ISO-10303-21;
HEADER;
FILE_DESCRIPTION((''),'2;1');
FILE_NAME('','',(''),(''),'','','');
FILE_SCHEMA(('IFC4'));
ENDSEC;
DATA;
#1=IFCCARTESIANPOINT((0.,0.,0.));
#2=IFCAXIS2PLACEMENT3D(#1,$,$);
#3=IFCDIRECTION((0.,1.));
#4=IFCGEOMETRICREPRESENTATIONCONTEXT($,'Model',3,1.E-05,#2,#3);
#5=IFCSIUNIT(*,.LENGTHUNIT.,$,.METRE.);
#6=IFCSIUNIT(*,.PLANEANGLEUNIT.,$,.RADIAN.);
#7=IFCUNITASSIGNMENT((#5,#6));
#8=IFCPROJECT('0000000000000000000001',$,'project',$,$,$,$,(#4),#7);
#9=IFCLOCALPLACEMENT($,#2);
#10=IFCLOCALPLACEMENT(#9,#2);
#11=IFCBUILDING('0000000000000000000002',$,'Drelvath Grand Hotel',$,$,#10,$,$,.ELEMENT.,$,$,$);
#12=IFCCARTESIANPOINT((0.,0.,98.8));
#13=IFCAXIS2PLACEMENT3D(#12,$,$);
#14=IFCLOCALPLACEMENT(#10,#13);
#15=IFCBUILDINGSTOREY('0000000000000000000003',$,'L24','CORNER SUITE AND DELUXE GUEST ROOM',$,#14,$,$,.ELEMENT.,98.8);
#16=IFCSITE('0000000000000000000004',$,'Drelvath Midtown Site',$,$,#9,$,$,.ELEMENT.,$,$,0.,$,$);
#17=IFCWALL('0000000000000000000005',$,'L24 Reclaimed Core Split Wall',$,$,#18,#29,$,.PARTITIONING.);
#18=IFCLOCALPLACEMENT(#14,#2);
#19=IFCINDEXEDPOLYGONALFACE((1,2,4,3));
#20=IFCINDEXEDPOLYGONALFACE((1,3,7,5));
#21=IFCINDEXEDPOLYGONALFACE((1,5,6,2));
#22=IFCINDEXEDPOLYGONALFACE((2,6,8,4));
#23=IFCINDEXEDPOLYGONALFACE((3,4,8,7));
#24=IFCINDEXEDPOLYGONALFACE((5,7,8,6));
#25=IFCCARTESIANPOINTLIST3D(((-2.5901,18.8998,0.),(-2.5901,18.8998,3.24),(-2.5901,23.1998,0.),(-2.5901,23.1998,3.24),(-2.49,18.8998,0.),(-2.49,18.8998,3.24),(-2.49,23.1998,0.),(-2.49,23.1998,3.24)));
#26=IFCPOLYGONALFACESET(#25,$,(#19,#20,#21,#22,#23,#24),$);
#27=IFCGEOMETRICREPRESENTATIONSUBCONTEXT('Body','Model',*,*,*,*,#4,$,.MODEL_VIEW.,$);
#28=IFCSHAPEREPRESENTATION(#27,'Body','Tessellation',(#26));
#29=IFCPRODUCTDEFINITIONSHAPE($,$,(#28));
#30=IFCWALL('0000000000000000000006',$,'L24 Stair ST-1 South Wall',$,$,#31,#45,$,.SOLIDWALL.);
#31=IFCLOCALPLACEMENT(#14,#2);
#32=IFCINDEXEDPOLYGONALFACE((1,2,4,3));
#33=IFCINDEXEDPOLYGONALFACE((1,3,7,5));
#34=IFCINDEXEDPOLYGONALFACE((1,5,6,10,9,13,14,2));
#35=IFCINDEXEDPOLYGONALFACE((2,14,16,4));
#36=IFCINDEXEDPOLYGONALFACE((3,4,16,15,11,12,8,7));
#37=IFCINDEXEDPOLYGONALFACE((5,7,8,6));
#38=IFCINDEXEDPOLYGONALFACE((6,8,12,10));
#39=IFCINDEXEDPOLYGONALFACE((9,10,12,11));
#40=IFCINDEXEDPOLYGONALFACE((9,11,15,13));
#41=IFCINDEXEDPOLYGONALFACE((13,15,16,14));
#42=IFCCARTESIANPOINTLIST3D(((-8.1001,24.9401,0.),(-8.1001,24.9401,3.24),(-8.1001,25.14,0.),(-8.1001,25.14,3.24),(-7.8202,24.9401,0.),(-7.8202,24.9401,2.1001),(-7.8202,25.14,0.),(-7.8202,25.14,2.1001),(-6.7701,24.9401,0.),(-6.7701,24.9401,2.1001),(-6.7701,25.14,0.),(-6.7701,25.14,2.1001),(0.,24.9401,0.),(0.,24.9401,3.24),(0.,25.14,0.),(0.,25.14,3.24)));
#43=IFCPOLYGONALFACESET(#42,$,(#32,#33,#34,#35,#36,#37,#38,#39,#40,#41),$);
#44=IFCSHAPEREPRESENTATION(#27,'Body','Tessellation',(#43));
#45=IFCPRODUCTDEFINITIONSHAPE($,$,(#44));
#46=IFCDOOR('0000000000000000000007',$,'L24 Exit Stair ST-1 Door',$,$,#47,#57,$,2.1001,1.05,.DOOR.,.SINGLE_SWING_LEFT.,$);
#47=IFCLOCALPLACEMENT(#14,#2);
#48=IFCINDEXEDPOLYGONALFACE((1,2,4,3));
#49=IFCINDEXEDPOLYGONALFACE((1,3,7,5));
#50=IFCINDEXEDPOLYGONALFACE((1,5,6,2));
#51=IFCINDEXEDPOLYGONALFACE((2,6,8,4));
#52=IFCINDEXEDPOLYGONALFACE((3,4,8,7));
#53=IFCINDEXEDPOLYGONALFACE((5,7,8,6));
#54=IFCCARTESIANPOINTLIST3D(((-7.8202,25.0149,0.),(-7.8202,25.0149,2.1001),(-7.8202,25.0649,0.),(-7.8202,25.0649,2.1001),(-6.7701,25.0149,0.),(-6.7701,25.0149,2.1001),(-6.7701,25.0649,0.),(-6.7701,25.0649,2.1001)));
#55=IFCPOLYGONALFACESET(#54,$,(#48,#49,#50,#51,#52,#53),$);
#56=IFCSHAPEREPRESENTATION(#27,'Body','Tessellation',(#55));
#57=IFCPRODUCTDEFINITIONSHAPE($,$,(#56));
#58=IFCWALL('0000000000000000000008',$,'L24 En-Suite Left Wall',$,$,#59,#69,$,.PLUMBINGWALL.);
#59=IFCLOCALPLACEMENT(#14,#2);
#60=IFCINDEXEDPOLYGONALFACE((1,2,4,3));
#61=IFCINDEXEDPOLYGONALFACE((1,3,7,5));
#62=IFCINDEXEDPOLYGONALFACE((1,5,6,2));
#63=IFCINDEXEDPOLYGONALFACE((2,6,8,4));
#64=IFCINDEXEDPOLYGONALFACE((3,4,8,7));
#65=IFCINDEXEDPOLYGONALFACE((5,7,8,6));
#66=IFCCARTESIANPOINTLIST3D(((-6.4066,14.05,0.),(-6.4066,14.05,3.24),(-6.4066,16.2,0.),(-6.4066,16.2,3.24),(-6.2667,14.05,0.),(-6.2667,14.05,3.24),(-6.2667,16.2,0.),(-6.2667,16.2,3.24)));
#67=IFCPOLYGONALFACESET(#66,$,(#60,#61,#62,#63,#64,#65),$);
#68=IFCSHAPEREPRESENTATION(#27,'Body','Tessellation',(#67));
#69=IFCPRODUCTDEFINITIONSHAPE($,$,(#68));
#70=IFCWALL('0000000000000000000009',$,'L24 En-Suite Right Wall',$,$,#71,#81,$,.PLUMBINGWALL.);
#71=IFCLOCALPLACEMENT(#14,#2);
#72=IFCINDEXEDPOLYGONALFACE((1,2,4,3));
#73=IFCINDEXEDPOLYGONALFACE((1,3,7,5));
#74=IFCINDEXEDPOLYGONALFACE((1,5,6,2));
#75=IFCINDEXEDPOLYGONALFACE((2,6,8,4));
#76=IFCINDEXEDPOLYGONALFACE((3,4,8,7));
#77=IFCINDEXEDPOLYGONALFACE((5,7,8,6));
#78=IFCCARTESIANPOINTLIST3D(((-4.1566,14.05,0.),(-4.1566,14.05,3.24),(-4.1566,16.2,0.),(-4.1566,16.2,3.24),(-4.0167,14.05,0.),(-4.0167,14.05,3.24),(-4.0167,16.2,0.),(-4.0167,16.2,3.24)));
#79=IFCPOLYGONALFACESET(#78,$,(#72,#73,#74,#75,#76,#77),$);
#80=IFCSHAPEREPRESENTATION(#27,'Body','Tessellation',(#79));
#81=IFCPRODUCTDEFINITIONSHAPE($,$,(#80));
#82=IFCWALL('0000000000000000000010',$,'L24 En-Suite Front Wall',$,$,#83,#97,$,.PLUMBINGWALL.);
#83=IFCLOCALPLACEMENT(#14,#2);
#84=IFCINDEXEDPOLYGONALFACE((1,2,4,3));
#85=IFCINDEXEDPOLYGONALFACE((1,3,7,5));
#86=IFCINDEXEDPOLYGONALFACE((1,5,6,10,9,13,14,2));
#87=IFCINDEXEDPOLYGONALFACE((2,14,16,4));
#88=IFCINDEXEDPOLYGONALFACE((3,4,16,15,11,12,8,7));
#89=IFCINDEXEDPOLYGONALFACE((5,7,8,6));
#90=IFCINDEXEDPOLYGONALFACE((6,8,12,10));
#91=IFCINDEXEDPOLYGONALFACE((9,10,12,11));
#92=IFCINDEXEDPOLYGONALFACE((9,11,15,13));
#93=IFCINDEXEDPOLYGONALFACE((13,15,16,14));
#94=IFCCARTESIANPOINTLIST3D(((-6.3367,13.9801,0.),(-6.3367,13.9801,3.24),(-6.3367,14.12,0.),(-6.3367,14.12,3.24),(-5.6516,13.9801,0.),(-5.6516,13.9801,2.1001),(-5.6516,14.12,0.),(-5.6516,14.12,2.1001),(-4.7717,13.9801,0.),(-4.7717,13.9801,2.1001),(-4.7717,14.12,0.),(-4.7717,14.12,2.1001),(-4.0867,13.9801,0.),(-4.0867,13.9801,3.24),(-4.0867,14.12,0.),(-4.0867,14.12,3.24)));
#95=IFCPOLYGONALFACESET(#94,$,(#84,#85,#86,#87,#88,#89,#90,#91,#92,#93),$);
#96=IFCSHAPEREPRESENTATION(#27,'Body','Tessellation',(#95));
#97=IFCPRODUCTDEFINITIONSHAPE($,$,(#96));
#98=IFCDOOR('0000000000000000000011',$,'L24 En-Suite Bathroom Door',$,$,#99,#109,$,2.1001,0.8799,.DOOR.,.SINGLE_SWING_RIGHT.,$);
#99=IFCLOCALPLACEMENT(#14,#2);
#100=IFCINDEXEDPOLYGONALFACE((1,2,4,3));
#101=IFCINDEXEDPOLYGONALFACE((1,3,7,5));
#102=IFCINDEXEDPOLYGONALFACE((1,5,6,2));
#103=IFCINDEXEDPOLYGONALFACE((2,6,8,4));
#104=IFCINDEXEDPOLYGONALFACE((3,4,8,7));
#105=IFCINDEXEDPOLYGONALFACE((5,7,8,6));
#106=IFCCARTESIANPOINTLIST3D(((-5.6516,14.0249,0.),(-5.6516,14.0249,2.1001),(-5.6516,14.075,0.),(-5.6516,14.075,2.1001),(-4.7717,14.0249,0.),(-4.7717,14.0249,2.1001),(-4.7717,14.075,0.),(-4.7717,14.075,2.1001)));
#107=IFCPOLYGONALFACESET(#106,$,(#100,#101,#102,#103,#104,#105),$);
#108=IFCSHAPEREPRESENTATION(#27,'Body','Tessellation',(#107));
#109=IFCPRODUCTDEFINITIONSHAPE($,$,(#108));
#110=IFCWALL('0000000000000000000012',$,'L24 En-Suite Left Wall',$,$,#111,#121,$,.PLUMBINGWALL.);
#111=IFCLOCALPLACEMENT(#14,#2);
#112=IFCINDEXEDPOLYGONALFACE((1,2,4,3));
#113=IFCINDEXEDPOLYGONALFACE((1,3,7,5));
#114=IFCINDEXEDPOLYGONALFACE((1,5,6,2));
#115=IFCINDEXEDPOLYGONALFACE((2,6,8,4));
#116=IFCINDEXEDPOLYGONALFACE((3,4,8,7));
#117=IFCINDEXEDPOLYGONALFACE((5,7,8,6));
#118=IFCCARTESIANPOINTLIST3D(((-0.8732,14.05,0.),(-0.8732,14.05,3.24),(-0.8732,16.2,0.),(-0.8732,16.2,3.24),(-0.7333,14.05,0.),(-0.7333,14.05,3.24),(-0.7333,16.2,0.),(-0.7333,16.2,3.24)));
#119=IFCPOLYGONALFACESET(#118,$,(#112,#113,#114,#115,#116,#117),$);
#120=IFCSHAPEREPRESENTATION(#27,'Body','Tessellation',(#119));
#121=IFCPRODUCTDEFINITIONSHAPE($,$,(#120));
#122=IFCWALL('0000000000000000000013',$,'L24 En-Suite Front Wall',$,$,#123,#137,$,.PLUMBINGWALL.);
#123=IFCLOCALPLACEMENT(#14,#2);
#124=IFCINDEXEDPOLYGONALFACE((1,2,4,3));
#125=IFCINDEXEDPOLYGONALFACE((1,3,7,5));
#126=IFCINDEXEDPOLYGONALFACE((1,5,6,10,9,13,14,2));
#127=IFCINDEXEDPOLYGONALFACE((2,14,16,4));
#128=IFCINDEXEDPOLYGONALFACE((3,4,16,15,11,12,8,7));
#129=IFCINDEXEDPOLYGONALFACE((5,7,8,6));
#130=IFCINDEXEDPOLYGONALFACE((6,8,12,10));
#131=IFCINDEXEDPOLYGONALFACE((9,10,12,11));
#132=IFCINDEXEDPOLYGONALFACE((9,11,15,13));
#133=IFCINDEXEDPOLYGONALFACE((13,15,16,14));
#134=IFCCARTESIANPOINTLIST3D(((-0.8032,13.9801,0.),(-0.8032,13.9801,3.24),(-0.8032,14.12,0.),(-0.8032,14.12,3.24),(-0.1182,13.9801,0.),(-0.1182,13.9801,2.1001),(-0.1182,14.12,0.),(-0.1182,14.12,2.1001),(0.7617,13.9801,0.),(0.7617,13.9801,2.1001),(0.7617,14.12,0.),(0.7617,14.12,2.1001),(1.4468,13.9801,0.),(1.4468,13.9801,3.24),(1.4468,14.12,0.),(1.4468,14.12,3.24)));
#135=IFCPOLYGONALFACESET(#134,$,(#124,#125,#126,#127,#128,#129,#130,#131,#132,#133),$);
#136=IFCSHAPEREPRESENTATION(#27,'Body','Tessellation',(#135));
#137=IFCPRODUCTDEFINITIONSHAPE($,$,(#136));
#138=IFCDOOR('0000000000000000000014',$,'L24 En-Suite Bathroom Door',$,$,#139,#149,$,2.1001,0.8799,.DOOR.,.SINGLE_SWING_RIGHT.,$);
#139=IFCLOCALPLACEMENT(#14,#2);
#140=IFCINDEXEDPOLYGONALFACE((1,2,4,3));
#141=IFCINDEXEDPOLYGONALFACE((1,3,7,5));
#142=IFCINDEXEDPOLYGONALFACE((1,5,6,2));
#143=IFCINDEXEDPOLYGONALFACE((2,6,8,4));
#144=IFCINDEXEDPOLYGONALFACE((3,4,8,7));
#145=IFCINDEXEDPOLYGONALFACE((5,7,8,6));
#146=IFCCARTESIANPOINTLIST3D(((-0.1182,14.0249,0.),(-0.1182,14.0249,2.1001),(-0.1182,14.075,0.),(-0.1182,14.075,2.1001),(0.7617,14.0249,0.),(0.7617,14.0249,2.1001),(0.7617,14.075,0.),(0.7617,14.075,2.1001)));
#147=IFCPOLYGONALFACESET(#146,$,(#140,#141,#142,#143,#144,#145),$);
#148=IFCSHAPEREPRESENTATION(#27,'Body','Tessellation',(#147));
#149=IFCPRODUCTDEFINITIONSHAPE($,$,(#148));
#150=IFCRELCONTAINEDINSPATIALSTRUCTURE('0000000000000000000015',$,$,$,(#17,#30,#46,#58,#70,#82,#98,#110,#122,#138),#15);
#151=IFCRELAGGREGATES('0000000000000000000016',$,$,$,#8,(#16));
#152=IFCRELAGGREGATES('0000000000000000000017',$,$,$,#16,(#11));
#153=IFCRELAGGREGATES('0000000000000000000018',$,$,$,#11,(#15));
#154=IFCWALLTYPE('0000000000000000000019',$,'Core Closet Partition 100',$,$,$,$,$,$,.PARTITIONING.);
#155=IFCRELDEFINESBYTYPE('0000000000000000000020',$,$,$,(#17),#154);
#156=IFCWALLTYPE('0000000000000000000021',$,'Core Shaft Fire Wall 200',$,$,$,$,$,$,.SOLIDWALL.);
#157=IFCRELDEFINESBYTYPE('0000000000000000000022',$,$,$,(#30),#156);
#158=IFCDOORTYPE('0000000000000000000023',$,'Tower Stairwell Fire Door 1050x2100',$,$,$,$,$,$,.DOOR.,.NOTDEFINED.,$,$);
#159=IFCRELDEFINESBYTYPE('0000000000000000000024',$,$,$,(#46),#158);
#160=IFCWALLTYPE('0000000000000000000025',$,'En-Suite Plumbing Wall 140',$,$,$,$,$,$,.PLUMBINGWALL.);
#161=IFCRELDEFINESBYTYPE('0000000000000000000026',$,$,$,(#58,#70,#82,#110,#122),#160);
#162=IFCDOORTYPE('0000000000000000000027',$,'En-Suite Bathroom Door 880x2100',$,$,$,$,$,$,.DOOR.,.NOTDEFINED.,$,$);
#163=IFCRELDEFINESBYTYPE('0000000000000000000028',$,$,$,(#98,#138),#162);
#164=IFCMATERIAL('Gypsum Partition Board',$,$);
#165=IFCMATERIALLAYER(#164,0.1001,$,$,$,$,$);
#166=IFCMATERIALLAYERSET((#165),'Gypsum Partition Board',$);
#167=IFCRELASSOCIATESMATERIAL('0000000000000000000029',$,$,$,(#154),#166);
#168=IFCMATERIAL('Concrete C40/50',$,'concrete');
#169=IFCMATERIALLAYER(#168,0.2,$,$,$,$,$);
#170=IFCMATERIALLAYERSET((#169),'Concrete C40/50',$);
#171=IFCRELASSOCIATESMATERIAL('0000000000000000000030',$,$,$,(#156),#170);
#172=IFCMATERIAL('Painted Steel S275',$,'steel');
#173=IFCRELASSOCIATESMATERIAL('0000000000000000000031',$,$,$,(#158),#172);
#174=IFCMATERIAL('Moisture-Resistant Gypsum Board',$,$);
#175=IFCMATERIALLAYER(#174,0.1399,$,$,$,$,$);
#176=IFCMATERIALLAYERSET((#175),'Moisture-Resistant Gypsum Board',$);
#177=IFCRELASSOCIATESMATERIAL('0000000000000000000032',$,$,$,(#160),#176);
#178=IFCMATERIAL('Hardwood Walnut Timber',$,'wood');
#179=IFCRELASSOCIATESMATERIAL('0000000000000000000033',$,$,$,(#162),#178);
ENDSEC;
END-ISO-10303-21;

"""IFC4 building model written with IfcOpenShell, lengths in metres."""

from ifc_helpers import new_model, si_unit, direction, frame, frame_2d, origin, place, context, subcontext, project, spatial, rectangle, extrude, material, layer, layer_set, type_object, element, fill, save


model = new_model("IFC4")

# Units and contexts
model_context = context("Model", 3, precision=1e-05, world=origin(), true_north=direction((0.0, 1.0)))
body_context = subcontext(model_context, "Body", "Model", "MODEL_VIEW")
ifc_project = project(units=[si_unit("LENGTHUNIT", "METRE"), si_unit("PLANEANGLEUNIT", "RADIAN")], contexts=[model_context])

# Site, building, storey
site_placement = place(None, origin())
site = spatial("IfcSite", under=ifc_project, at=site_placement, Name="Drelvath Midtown Site", CompositionType="ELEMENT", RefElevation=0.0)
building_placement = place(site_placement, origin())
building = spatial("IfcBuilding", under=site, at=building_placement, Name="Drelvath Grand Hotel", CompositionType="ELEMENT")
storey_placement = place(building_placement, frame((0.0, 0.0, 98.8)))
storey = spatial("IfcBuildingStorey", under=building, at=storey_placement, Name="L24", Description="CORNER SUITE AND DELUXE GUEST ROOM", CompositionType="ELEMENT", Elevation=98.8)

# Wall
ifc_material_1 = material(Name="Gypsum Partition Board")
ifc_layer_1 = layer(ifc_material_1, 0.1001)
ifc_layer_set_1 = layer_set([ifc_layer_1], Name="Gypsum Partition Board")
wall_type_1 = type_object("IfcWallType", Name="Core Closet Partition 100", PredefinedType="PARTITIONING", material=ifc_layer_set_1)
wall_1_placement = place(storey_placement, frame((-2.54, 18.8999, 0.0), z_axis=(0.0, 0.0, 1.0), x_axis=(0.0, 1.0, 0.0)))
element("IfcWall", 1, at=wall_1_placement, inside=storey, type_object=wall_type_1, Name="L24 Reclaimed Core Split Wall", PredefinedType="PARTITIONING", context=body_context, shape_type="SweptSolid", body=[
    extrude(rectangle(XDim=4.3, YDim=0.1001, at=frame_2d((2.1499, 0.0))), origin(), (0.0, 0.0, 1.0), 3.24),
])

# Wall, opening, door
ifc_material_2 = material(Name="Concrete C40/50", Category="concrete")
ifc_layer_2 = layer(ifc_material_2, 0.2)
ifc_layer_set_2 = layer_set([ifc_layer_2], Name="Concrete C40/50")
wall_type_2 = type_object("IfcWallType", Name="Core Shaft Fire Wall 200", PredefinedType="SOLIDWALL", material=ifc_layer_set_2)
wall_2_placement = place(storey_placement, frame((-8.1001, 25.04, 0.0), z_axis=(0.0, 0.0, 1.0), x_axis=(1.0, 0.0, 0.0)))
wall_2 = element("IfcWall", 2, at=wall_2_placement, inside=storey, type_object=wall_type_2, Name="L24 Stair ST-1 South Wall", PredefinedType="SOLIDWALL", context=body_context, shape_type="SweptSolid", body=[
    extrude(rectangle(XDim=8.1001, YDim=0.2, at=frame_2d((4.05, 0.0))), origin(), (0.0, 0.0, 1.0), 3.24),
])
opening_1_placement = place(wall_2_placement, frame((0.28, 0.0, 0.0)))
opening_1 = element("IfcOpeningElement", 3, at=opening_1_placement, cuts=wall_2, PredefinedType="OPENING", context=body_context, shape_type="SweptSolid", body=[
    extrude(rectangle(XDim=1.05, YDim=2.1001, at=frame_2d((0.5249, 1.05))), frame((0.0, 0.1099, 0.0), z_axis=(0.0, -1.0, 0.0), x_axis=(1.0, 0.0, 0.0)), (0.0, 0.0, 1.0), 0.22),
])
ifc_material_3 = material(Name="Painted Steel S275", Category="steel")
door_type_1 = type_object("IfcDoorType", Name="Tower Stairwell Fire Door 1050x2100", OperationType="NOTDEFINED", PredefinedType="DOOR", material=ifc_material_3)
door_1_placement = place(opening_1_placement, origin())
door_1 = element("IfcDoor", 4, at=door_1_placement, inside=storey, type_object=door_type_1, Name="L24 Exit Stair ST-1 Door", OperationType="SINGLE_SWING_LEFT", OverallHeight=2.1001, OverallWidth=1.05, PredefinedType="DOOR", context=body_context, shape_type="SweptSolid", body=[
    extrude(rectangle(XDim=1.05, YDim=2.1001, at=frame_2d((0.5249, 1.05))), frame((0.0, 0.0249, 0.0), z_axis=(0.0, -1.0, 0.0), x_axis=(1.0, 0.0, 0.0)), (0.0, 0.0, 1.0), 0.05),
])
fill(opening_1, door_1)

# Walls
ifc_material_4 = material(Name="Moisture-Resistant Gypsum Board")
ifc_layer_3 = layer(ifc_material_4, 0.1399)
ifc_layer_set_3 = layer_set([ifc_layer_3], Name="Moisture-Resistant Gypsum Board")
wall_type_3 = type_object("IfcWallType", Name="En-Suite Plumbing Wall 140", PredefinedType="PLUMBINGWALL", material=ifc_layer_set_3)
for number, where, z_axis, x_axis, name in (
    (5, (-6.3367, 16.2, 0.0), (0.0, 0.0, 1.0), (0.0, -1.0, 0.0), "L24 En-Suite Left Wall"),
    (6, (-4.0867, 16.2, 0.0), (0.0, 0.0, 1.0), (0.0, -1.0, 0.0), "L24 En-Suite Right Wall"),
):
    element("IfcWall", number, at=place(storey_placement, frame(where, z_axis=z_axis, x_axis=x_axis)), inside=storey, type_object=wall_type_3, Name=name, PredefinedType="PLUMBINGWALL", context=body_context, shape_type="SweptSolid", body=[
        extrude(rectangle(XDim=2.1499, YDim=0.1399, at=frame_2d((1.075, 0.0))), origin(), (0.0, 0.0, 1.0), 3.24),
    ])

# Wall, opening, door
wall_3_placement = place(storey_placement, frame((-6.3367, 14.05, 0.0), z_axis=(0.0, 0.0, 1.0), x_axis=(1.0, 0.0, 0.0)))
wall_3 = element("IfcWall", 7, at=wall_3_placement, inside=storey, type_object=wall_type_3, Name="L24 En-Suite Front Wall", PredefinedType="PLUMBINGWALL", context=body_context, shape_type="SweptSolid", body=[
    extrude(rectangle(XDim=2.25, YDim=0.1399, at=frame_2d((1.125, 0.0))), origin(), (0.0, 0.0, 1.0), 3.24),
])
opening_2_placement = place(wall_3_placement, frame((0.6851, 0.0, 0.0)))
opening_2 = element("IfcOpeningElement", 8, at=opening_2_placement, cuts=wall_3, PredefinedType="OPENING", context=body_context, shape_type="SweptSolid", body=[
    extrude(rectangle(XDim=0.8799, YDim=2.1001, at=frame_2d((0.4399, 1.05))), frame((0.0, 0.0798, 0.0), z_axis=(0.0, -1.0, 0.0), x_axis=(1.0, 0.0, 0.0)), (0.0, 0.0, 1.0), 0.1599),
])
ifc_material_5 = material(Name="Hardwood Walnut Timber", Category="wood")
door_type_2 = type_object("IfcDoorType", Name="En-Suite Bathroom Door 880x2100", OperationType="NOTDEFINED", PredefinedType="DOOR", material=ifc_material_5)
door_2_placement = place(opening_2_placement, origin())
door_2 = element("IfcDoor", 9, at=door_2_placement, inside=storey, type_object=door_type_2, Name="L24 En-Suite Bathroom Door", OperationType="SINGLE_SWING_RIGHT", OverallHeight=2.1001, OverallWidth=0.8799, PredefinedType="DOOR", context=body_context, shape_type="SweptSolid", body=[
    extrude(rectangle(XDim=0.8799, YDim=2.1001, at=frame_2d((0.4399, 1.05))), frame((0.0, 0.0249, 0.0), z_axis=(0.0, -1.0, 0.0), x_axis=(1.0, 0.0, 0.0)), (0.0, 0.0, 1.0), 0.05),
])
fill(opening_2, door_2)

# Wall
wall_4_placement = place(storey_placement, frame((-0.8032, 16.2, 0.0), z_axis=(0.0, 0.0, 1.0), x_axis=(0.0, -1.0, 0.0)))
element("IfcWall", 10, at=wall_4_placement, inside=storey, type_object=wall_type_3, Name="L24 En-Suite Left Wall", PredefinedType="PLUMBINGWALL", context=body_context, shape_type="SweptSolid", body=[
    extrude(rectangle(XDim=2.1499, YDim=0.1399, at=frame_2d((1.075, 0.0))), origin(), (0.0, 0.0, 1.0), 3.24),
])

# Wall, opening, door
wall_5_placement = place(storey_placement, frame((-0.8032, 14.05, 0.0), z_axis=(0.0, 0.0, 1.0), x_axis=(1.0, 0.0, 0.0)))
wall_5 = element("IfcWall", 11, at=wall_5_placement, inside=storey, type_object=wall_type_3, Name="L24 En-Suite Front Wall", PredefinedType="PLUMBINGWALL", context=body_context, shape_type="SweptSolid", body=[
    extrude(rectangle(XDim=2.25, YDim=0.1399, at=frame_2d((1.125, 0.0))), origin(), (0.0, 0.0, 1.0), 3.24),
])
opening_3_placement = place(wall_5_placement, frame((0.6851, 0.0, 0.0)))
opening_3 = element("IfcOpeningElement", 12, at=opening_3_placement, cuts=wall_5, PredefinedType="OPENING", context=body_context, shape_type="SweptSolid", body=[
    extrude(rectangle(XDim=0.8799, YDim=2.1001, at=frame_2d((0.4399, 1.05))), frame((0.0, 0.0798, 0.0), z_axis=(0.0, -1.0, 0.0), x_axis=(1.0, 0.0, 0.0)), (0.0, 0.0, 1.0), 0.1599),
])
door_3_placement = place(opening_3_placement, origin())
door_3 = element("IfcDoor", 13, at=door_3_placement, inside=storey, type_object=door_type_2, Name="L24 En-Suite Bathroom Door", OperationType="SINGLE_SWING_RIGHT", OverallHeight=2.1001, OverallWidth=0.8799, PredefinedType="DOOR", context=body_context, shape_type="SweptSolid", body=[
    extrude(rectangle(XDim=0.8799, YDim=2.1001, at=frame_2d((0.4399, 1.05))), frame((0.0, 0.0249, 0.0), z_axis=(0.0, -1.0, 0.0), x_axis=(1.0, 0.0, 0.0)), (0.0, 0.0, 1.0), 0.05),
])
fill(opening_3, door_3)

save(model, "model.ifc")
